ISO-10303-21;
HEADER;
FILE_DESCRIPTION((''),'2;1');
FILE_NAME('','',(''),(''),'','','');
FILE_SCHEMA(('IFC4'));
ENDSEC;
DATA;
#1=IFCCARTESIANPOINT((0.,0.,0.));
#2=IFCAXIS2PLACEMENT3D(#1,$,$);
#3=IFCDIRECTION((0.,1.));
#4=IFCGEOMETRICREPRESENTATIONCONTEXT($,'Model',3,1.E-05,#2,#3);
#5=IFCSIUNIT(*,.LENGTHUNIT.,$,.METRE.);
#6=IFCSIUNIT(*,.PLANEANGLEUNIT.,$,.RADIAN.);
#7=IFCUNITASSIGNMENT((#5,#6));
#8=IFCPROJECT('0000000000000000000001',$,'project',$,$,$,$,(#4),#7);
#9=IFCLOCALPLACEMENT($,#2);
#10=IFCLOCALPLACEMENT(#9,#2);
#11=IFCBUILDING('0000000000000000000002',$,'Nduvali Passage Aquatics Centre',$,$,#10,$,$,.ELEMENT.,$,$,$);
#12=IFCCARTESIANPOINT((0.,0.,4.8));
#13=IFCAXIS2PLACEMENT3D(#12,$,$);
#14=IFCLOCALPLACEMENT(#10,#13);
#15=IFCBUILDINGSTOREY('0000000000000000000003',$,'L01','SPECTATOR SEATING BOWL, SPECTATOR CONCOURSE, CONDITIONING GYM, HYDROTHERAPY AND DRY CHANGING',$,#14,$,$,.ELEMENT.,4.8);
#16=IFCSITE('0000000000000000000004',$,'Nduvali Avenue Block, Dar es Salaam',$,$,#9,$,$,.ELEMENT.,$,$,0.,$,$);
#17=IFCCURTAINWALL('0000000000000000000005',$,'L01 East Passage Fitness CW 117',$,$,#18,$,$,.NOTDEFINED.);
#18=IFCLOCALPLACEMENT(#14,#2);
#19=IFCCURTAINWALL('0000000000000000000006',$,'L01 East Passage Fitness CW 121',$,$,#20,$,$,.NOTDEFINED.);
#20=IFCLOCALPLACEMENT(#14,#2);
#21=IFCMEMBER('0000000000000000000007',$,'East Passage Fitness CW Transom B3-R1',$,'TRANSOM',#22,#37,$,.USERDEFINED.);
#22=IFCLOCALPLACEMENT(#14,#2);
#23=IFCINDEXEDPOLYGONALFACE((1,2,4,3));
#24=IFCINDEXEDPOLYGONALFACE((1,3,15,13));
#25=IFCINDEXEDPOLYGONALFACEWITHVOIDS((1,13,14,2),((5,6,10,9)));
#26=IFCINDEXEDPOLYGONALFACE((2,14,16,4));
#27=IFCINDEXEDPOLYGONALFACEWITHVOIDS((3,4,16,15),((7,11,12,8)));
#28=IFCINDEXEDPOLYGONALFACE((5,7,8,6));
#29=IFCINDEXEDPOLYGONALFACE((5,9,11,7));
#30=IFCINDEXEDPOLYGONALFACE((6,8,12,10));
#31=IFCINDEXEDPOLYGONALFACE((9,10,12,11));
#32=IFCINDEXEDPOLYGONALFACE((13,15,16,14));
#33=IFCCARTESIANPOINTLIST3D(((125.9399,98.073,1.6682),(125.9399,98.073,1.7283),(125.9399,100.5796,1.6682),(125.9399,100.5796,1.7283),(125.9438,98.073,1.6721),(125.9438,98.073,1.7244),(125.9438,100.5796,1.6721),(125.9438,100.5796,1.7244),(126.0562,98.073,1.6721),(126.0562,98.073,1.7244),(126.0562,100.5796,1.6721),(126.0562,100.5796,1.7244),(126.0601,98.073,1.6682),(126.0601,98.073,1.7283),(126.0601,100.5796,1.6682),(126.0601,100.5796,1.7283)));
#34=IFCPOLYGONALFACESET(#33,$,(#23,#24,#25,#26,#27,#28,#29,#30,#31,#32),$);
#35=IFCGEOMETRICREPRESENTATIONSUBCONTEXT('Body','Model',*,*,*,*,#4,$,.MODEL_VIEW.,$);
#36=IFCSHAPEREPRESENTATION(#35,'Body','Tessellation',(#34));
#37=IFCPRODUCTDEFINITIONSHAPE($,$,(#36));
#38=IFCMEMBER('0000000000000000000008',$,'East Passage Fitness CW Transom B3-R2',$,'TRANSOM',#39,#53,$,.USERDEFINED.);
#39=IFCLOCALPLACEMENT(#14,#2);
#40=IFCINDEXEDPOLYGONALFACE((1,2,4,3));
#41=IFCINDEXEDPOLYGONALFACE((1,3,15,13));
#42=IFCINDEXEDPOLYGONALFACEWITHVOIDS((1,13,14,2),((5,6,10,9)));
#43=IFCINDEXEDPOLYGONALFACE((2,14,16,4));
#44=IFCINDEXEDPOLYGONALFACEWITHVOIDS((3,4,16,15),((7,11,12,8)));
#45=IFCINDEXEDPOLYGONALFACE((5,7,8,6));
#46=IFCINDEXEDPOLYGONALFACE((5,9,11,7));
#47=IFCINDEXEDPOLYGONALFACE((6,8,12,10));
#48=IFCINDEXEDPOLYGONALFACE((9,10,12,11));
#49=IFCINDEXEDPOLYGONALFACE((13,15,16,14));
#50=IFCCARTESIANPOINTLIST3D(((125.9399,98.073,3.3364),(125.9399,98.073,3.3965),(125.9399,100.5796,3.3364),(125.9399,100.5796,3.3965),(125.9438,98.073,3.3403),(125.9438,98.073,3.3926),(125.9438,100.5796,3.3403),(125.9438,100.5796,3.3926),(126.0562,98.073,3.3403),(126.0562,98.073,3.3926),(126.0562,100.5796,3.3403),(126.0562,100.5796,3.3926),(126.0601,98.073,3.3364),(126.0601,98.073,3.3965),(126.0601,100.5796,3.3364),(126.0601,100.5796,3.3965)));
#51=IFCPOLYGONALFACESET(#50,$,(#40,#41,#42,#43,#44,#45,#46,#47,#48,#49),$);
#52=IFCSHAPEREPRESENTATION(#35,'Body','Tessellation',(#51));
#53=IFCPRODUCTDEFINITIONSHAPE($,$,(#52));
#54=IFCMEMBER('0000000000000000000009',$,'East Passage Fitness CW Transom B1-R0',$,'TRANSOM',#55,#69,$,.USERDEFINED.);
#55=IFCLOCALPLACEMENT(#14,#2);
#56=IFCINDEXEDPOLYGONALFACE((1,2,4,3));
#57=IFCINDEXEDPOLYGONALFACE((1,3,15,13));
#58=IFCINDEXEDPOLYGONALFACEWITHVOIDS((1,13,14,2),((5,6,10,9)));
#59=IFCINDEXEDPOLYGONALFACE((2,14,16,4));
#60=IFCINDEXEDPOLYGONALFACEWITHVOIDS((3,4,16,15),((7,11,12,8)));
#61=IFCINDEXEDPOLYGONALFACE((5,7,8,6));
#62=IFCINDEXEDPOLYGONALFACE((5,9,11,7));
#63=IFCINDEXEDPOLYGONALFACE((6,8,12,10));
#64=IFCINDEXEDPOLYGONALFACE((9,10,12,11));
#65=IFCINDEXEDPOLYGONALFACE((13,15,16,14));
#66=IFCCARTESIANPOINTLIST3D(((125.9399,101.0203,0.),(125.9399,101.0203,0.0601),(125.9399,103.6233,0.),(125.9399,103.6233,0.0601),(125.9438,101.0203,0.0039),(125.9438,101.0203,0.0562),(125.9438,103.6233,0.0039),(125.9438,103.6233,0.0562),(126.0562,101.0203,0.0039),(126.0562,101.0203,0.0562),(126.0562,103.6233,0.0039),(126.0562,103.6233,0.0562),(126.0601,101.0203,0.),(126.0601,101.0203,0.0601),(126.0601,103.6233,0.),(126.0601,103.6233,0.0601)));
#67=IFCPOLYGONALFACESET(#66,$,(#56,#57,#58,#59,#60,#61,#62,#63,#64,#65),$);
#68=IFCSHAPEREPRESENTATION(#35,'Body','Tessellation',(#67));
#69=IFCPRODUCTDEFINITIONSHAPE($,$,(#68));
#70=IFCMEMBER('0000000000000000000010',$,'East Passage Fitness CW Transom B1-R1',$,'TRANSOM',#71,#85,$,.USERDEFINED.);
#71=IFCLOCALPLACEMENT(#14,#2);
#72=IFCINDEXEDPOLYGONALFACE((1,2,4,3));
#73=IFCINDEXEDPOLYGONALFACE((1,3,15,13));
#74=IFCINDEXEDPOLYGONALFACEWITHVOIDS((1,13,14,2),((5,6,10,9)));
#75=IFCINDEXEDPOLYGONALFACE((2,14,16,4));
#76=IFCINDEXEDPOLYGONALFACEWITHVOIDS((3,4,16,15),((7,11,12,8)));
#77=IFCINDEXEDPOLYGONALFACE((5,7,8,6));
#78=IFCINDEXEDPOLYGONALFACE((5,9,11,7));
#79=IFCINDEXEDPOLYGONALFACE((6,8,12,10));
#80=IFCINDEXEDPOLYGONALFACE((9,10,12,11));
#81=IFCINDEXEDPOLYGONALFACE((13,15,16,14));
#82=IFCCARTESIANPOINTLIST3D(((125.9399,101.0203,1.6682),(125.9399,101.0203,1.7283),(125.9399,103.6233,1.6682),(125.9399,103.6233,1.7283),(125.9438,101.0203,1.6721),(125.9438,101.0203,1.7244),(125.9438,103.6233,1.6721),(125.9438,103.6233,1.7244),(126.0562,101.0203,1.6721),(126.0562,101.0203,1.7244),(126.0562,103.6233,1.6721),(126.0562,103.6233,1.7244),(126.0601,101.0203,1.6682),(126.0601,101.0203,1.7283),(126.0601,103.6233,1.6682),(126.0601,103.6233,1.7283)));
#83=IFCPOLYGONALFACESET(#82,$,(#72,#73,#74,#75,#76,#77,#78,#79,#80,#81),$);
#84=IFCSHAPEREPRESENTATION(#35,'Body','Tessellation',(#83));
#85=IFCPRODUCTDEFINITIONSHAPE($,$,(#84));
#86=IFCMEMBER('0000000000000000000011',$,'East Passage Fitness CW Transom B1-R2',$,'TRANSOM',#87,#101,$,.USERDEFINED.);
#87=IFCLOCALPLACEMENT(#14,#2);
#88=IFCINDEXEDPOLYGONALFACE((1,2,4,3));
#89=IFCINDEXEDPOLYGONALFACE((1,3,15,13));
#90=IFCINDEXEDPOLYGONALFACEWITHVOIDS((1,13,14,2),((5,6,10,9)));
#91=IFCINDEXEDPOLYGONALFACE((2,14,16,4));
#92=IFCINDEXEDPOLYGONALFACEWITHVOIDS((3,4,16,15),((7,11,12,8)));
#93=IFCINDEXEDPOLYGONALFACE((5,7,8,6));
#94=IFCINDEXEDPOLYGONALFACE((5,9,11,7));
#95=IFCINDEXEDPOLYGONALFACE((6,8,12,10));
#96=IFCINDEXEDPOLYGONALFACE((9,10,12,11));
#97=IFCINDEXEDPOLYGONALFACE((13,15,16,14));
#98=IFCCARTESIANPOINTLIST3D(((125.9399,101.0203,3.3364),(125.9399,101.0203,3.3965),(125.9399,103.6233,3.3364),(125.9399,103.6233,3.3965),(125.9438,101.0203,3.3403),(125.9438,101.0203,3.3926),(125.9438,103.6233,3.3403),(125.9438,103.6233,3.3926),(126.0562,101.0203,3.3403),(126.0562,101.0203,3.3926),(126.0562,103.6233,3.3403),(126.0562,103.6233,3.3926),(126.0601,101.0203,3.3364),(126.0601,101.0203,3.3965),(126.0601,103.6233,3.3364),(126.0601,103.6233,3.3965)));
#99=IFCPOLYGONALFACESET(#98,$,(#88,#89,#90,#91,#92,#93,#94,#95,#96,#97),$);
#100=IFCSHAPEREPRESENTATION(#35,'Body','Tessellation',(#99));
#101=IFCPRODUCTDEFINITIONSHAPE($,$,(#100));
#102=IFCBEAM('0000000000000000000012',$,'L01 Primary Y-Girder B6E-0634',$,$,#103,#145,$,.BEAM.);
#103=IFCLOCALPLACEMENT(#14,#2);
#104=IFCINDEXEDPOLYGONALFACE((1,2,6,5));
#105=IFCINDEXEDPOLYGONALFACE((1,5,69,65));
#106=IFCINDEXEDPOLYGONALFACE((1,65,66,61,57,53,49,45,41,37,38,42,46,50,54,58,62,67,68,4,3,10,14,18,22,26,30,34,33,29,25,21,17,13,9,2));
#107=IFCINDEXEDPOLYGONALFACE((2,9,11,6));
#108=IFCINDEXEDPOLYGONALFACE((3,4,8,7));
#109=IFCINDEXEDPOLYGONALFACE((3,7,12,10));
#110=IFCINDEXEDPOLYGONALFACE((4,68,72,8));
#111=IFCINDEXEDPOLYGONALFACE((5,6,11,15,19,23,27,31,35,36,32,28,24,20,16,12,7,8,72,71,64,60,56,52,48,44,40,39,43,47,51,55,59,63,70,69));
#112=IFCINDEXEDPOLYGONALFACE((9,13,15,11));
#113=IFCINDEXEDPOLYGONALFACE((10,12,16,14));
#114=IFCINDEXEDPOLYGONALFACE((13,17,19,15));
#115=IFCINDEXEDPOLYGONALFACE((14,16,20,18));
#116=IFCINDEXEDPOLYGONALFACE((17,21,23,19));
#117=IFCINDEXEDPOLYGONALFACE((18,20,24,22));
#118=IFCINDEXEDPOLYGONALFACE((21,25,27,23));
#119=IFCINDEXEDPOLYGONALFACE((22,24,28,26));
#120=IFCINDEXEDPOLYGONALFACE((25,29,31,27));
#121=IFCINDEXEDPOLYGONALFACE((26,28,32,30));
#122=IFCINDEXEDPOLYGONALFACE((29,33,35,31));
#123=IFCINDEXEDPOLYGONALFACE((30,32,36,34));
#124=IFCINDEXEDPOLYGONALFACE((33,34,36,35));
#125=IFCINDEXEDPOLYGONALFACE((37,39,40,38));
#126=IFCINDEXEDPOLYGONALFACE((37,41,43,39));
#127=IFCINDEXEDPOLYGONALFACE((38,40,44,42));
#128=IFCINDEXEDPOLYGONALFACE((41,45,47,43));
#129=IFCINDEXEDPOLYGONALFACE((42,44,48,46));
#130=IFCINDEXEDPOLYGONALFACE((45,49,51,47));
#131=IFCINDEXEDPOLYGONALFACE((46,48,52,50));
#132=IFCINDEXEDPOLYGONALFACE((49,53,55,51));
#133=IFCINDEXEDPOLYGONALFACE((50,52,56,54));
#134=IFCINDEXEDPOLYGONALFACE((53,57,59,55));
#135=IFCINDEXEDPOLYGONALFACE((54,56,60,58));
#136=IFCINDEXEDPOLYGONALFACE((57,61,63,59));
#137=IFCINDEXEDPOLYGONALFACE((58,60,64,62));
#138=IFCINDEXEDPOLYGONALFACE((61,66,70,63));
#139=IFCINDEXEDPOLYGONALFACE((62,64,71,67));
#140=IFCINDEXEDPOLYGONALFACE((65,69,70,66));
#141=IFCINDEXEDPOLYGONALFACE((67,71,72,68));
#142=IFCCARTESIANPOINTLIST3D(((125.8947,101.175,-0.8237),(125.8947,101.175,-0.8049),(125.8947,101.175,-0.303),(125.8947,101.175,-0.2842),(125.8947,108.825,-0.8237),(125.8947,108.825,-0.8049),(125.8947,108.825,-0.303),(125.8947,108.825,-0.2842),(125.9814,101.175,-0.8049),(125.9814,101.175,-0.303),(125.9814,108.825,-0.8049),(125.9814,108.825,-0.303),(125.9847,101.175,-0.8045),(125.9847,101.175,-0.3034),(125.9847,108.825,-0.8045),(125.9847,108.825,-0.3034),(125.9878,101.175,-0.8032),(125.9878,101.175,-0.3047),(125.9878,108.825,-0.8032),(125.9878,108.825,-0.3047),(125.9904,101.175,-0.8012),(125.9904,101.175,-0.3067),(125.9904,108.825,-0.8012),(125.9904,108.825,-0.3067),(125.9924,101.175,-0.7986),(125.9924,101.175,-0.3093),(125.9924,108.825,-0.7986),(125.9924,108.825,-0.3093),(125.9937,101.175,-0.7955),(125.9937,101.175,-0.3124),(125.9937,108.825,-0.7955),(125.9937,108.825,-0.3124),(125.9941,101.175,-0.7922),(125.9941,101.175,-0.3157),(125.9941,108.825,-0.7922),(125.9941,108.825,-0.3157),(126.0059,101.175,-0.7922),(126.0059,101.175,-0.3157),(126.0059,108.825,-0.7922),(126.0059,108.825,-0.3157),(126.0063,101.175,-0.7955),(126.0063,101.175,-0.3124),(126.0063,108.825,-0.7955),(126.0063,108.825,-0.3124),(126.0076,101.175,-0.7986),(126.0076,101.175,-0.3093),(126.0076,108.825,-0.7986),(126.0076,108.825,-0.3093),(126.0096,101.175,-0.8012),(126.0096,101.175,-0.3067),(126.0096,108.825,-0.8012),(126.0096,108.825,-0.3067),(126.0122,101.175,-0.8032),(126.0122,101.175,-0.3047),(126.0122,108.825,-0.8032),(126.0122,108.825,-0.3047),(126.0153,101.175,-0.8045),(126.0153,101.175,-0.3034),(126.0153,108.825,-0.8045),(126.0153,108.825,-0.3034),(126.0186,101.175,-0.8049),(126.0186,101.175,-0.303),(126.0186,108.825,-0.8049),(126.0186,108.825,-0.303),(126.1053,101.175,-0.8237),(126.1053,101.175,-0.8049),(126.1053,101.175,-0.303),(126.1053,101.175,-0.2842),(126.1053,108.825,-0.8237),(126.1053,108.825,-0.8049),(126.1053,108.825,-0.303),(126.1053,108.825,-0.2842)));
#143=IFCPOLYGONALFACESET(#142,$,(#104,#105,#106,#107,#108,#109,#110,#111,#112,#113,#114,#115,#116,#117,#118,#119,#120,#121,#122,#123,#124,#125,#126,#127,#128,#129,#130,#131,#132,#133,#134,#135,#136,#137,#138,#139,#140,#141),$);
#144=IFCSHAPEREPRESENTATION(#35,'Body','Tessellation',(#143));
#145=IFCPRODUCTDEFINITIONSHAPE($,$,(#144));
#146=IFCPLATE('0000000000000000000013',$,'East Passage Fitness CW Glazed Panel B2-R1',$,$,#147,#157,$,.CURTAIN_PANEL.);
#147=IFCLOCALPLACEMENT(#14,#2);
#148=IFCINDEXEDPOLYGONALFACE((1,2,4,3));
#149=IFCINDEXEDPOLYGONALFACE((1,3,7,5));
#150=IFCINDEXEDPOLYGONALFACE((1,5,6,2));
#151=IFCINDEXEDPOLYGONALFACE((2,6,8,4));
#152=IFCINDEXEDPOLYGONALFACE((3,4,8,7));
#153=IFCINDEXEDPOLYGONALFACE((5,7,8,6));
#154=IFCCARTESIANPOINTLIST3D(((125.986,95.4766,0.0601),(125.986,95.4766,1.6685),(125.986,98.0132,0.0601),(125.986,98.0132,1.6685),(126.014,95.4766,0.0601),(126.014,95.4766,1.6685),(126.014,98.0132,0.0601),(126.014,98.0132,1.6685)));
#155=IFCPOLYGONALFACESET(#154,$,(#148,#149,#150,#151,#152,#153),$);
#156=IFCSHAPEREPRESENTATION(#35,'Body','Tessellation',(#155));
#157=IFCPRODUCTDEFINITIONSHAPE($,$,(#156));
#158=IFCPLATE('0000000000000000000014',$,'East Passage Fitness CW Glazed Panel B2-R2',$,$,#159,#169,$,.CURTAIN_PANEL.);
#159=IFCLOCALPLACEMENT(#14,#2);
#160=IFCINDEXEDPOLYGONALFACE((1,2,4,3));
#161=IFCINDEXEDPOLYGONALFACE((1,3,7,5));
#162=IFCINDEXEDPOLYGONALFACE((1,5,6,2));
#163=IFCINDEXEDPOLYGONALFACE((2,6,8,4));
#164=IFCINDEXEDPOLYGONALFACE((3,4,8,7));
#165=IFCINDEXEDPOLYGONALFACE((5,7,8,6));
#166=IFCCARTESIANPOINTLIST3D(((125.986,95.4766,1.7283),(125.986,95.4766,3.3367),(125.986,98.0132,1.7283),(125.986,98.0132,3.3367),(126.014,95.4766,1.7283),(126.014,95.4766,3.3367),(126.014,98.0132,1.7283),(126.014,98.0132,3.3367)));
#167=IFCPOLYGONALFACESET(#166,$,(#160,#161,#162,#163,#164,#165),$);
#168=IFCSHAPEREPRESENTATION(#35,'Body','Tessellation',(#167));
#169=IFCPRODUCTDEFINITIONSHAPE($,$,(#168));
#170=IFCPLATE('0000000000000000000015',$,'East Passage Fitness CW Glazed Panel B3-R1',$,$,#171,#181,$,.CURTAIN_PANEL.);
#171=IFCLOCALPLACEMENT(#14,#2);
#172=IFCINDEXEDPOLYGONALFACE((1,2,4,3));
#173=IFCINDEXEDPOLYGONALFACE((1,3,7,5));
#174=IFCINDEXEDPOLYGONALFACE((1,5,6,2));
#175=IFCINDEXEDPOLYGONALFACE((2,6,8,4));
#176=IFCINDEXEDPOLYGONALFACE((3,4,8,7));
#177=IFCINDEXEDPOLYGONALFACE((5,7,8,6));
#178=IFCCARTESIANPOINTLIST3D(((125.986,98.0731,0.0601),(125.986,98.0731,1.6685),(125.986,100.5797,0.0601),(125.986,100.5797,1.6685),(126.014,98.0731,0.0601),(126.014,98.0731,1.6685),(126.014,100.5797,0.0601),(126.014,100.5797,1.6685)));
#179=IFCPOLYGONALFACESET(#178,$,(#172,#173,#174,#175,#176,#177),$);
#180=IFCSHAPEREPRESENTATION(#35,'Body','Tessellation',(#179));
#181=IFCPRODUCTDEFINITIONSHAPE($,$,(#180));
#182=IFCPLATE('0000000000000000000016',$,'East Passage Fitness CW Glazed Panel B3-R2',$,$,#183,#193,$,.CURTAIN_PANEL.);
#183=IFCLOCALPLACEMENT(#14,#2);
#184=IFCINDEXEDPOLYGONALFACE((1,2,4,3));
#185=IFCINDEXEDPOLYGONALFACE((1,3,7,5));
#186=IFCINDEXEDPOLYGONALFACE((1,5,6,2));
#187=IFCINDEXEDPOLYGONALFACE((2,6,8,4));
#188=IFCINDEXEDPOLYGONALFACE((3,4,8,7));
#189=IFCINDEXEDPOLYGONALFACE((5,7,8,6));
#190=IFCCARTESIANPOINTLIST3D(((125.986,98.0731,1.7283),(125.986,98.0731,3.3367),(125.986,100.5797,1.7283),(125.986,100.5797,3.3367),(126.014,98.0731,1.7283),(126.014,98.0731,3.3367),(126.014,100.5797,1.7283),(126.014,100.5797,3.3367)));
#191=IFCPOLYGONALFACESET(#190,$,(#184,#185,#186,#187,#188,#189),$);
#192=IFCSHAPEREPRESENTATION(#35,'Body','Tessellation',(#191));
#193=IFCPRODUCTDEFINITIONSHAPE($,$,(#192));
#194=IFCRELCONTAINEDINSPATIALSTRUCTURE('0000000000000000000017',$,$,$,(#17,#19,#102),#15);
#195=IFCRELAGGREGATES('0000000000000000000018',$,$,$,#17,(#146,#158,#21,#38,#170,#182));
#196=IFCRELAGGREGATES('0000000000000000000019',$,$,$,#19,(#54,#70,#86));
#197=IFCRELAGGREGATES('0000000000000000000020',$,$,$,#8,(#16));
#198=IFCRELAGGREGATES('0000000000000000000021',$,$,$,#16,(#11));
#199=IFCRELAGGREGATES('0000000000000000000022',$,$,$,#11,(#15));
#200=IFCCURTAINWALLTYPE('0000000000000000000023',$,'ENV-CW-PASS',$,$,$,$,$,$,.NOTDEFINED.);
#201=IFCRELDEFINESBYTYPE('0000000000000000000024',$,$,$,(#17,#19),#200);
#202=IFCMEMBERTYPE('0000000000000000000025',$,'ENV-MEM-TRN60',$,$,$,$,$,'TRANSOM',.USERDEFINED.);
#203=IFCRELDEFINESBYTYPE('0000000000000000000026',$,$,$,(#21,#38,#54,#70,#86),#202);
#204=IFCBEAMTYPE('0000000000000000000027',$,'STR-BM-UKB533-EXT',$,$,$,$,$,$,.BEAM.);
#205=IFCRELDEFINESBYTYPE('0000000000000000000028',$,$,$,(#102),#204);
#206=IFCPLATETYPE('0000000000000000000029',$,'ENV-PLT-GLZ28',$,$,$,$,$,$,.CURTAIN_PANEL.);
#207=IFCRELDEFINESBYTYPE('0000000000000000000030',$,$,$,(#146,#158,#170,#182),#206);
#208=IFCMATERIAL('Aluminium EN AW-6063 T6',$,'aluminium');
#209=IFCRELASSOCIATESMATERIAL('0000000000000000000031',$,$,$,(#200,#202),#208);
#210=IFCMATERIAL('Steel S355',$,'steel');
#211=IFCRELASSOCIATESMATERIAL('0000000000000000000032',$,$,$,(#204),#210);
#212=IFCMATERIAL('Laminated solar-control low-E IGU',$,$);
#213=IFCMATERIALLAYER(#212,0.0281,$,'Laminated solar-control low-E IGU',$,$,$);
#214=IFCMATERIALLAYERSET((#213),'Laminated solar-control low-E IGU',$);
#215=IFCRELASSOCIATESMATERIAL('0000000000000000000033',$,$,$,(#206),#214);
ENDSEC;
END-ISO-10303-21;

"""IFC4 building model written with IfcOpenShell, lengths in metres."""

from ifc_helpers import new_model, si_unit, direction, frame, origin, origin_2d, place, context, subcontext, project, spatial, rectangle, hollow_rectangle, i_section, extrude, material, layer, layer_set, material_profile, profile_set, type_object, element, aggregate, save


model = new_model("IFC4")

# Units and contexts
model_context = context("Model", 3, precision=1e-05, world=origin(), true_north=direction((0.0, 1.0)))
body_context = subcontext(model_context, "Body", "Model", "MODEL_VIEW")
ifc_project = project(units=[si_unit("LENGTHUNIT", "METRE"), si_unit("PLANEANGLEUNIT", "RADIAN")], contexts=[model_context])

# Site, building, storey
site_placement = place(None, origin())
site = spatial("IfcSite", under=ifc_project, at=site_placement, Name="Nduvali Avenue Block, Dar es Salaam", CompositionType="ELEMENT", RefElevation=0.0)
building_placement = place(site_placement, origin())
building = spatial("IfcBuilding", under=site, at=building_placement, Name="Nduvali Passage Aquatics Centre", CompositionType="ELEMENT")
storey_placement = place(building_placement, frame((0.0, 0.0, 4.8)))
storey = spatial("IfcBuildingStorey", under=building, at=storey_placement, Name="L01", Description="SPECTATOR SEATING BOWL, SPECTATOR CONCOURSE, CONDITIONING GYM, HYDROTHERAPY AND DRY CHANGING", CompositionType="ELEMENT", Elevation=4.8)

# Shared definitions
ifc_material_1 = material(Name="Steel S355", Category="steel")

# Curtain wall
ifc_material_2 = material(Name="Aluminium EN AW-6063 T6", Category="aluminium")
curtain_wall_type = type_object("IfcCurtainWallType", Name="ENV-CW-PASS", PredefinedType="NOTDEFINED", material=ifc_material_2)
curtain_wall_1_placement = place(storey_placement, origin())
curtain_wall_1 = element("IfcCurtainWall", 1, at=curtain_wall_1_placement, inside=storey, type_object=curtain_wall_type, Name="L01 East Passage Fitness CW 117", PredefinedType="NOTDEFINED")

# Curtain wall
curtain_wall_2_placement = place(storey_placement, origin())
curtain_wall_2 = element("IfcCurtainWall", 2, at=curtain_wall_2_placement, inside=storey, type_object=curtain_wall_type, Name="L01 East Passage Fitness CW 121", PredefinedType="NOTDEFINED")

# Members
ifc_material_profile_1 = material_profile(ifc_material_2, hollow_rectangle(XDim=0.1201, YDim=0.0601, WallThickness=0.0039, at=origin_2d()), Name="ALU TRANSOM 120x60x4")
ifc_profile_set_1 = profile_set([ifc_material_profile_1], Name="Aluminium EN AW-6063 T6")
member_type_1 = type_object("IfcMemberType", Name="ENV-MEM-TRN60", ElementType="TRANSOM", PredefinedType="USERDEFINED", material=ifc_profile_set_1)
member_1_placement = place(storey_placement, frame((126.0, 98.073, 1.6982), z_axis=(0.0, 1.0, 0.0), x_axis=(-1.0, 0.0, 0.0)))
member_1 = element("IfcMember", 3, at=member_1_placement, type_object=member_type_1, Name="East Passage Fitness CW Transom B3-R1", ObjectType="TRANSOM", PredefinedType="USERDEFINED", context=body_context, shape_type="SweptSolid", body=[
    extrude(hollow_rectangle(XDim=0.1201, YDim=0.0601, WallThickness=0.0039, at=origin_2d()), origin(), (0.0, 0.0, 1.0), 2.5066),
])
member_2_placement = place(storey_placement, frame((126.0, 98.073, 3.3665), z_axis=(0.0, 1.0, 0.0), x_axis=(-1.0, 0.0, 0.0)))
member_2 = element("IfcMember", 4, at=member_2_placement, type_object=member_type_1, Name="East Passage Fitness CW Transom B3-R2", ObjectType="TRANSOM", PredefinedType="USERDEFINED", context=body_context, shape_type="SweptSolid", body=[
    extrude(hollow_rectangle(XDim=0.1201, YDim=0.0601, WallThickness=0.0039, at=origin_2d()), origin(), (0.0, 0.0, 1.0), 2.5066),
])
member_3_placement = place(storey_placement, frame((126.0, 101.0203, 0.03), z_axis=(0.0, 1.0, 0.0), x_axis=(-1.0, 0.0, 0.0)))
member_3 = element("IfcMember", 5, at=member_3_placement, type_object=member_type_1, Name="East Passage Fitness CW Transom B1-R0", ObjectType="TRANSOM", PredefinedType="USERDEFINED", context=body_context, shape_type="SweptSolid", body=[
    extrude(hollow_rectangle(XDim=0.1201, YDim=0.0601, WallThickness=0.0039, at=origin_2d()), origin(), (0.0, 0.0, 1.0), 2.603),
])
member_4_placement = place(storey_placement, frame((126.0, 101.0203, 1.6982), z_axis=(0.0, 1.0, 0.0), x_axis=(-1.0, 0.0, 0.0)))
member_4 = element("IfcMember", 6, at=member_4_placement, type_object=member_type_1, Name="East Passage Fitness CW Transom B1-R1", ObjectType="TRANSOM", PredefinedType="USERDEFINED", context=body_context, shape_type="SweptSolid", body=[
    extrude(hollow_rectangle(XDim=0.1201, YDim=0.0601, WallThickness=0.0039, at=origin_2d()), origin(), (0.0, 0.0, 1.0), 2.603),
])
member_5_placement = place(storey_placement, frame((126.0, 101.0203, 3.3665), z_axis=(0.0, 1.0, 0.0), x_axis=(-1.0, 0.0, 0.0)))
member_5 = element("IfcMember", 7, at=member_5_placement, type_object=member_type_1, Name="East Passage Fitness CW Transom B1-R2", ObjectType="TRANSOM", PredefinedType="USERDEFINED", context=body_context, shape_type="SweptSolid", body=[
    extrude(hollow_rectangle(XDim=0.1201, YDim=0.0601, WallThickness=0.0039, at=origin_2d()), origin(), (0.0, 0.0, 1.0), 2.603),
])

# Beam
ifc_material_profile_2 = material_profile(ifc_material_1, i_section(OverallWidth=0.2107, OverallDepth=0.5396, WebThickness=0.0117, FlangeThickness=0.0188, FilletRadius=0.0127, at=origin_2d()), Name="UKB 533x210x109")
ifc_profile_set_2 = profile_set([ifc_material_profile_2], Name="Steel S355")
beam_type = type_object("IfcBeamType", Name="STR-BM-UKB533-EXT", PredefinedType="BEAM", material=ifc_profile_set_2)
beam_placement = place(storey_placement, frame((126.0, 101.175, -0.554), z_axis=(0.0, 1.0, 0.0), x_axis=(-1.0, 0.0, 0.0)))
element("IfcBeam", 8, at=beam_placement, inside=storey, type_object=beam_type, Name="L01 Primary Y-Girder B6E-0634", PredefinedType="BEAM", context=body_context, shape_type="SweptSolid", body=[
    extrude(i_section(OverallWidth=0.2107, OverallDepth=0.5396, WebThickness=0.0117, FlangeThickness=0.0188, FilletRadius=0.0127, at=origin_2d()), origin(), (0.0, 0.0, 1.0), 7.6499),
])

# Plates
ifc_material_3 = material(Name="Laminated solar-control low-E IGU")
ifc_layer = layer(ifc_material_3, 0.0281, Name="Laminated solar-control low-E IGU")
ifc_layer_set = layer_set([ifc_layer], Name="Laminated solar-control low-E IGU")
plate_type = type_object("IfcPlateType", Name="ENV-PLT-GLZ28", PredefinedType="CURTAIN_PANEL", material=ifc_layer_set)
plate_1_placement = place(storey_placement, frame((126.0, 96.7449, 0.0601), z_axis=(0.0, 0.0, 1.0), x_axis=(0.0, 1.0, 0.0)))
plate_1 = element("IfcPlate", 9, at=plate_1_placement, type_object=plate_type, Name="East Passage Fitness CW Glazed Panel B2-R1", PredefinedType="CURTAIN_PANEL", context=body_context, shape_type="SweptSolid", body=[
    extrude(rectangle(XDim=2.5366, YDim=0.0281, at=origin_2d()), origin(), (0.0, 0.0, 1.0), 1.6084),
])
plate_2_placement = place(storey_placement, frame((126.0, 96.7449, 1.7283), z_axis=(0.0, 0.0, 1.0), x_axis=(0.0, 1.0, 0.0)))
plate_2 = element("IfcPlate", 10, at=plate_2_placement, type_object=plate_type, Name="East Passage Fitness CW Glazed Panel B2-R2", PredefinedType="CURTAIN_PANEL", context=body_context, shape_type="SweptSolid", body=[
    extrude(rectangle(XDim=2.5366, YDim=0.0281, at=origin_2d()), origin(), (0.0, 0.0, 1.0), 1.6084),
])
plate_3_placement = place(storey_placement, frame((126.0, 99.3264, 0.0601), z_axis=(0.0, 0.0, 1.0), x_axis=(0.0, 1.0, 0.0)))
plate_3 = element("IfcPlate", 11, at=plate_3_placement, type_object=plate_type, Name="East Passage Fitness CW Glazed Panel B3-R1", PredefinedType="CURTAIN_PANEL", context=body_context, shape_type="SweptSolid", body=[
    extrude(rectangle(XDim=2.5066, YDim=0.0281, at=origin_2d()), origin(), (0.0, 0.0, 1.0), 1.6084),
])
plate_4_placement = place(storey_placement, frame((126.0, 99.3264, 1.7283), z_axis=(0.0, 0.0, 1.0), x_axis=(0.0, 1.0, 0.0)))
plate_4 = element("IfcPlate", 12, at=plate_4_placement, type_object=plate_type, Name="East Passage Fitness CW Glazed Panel B3-R2", PredefinedType="CURTAIN_PANEL", context=body_context, shape_type="SweptSolid", body=[
    extrude(rectangle(XDim=2.5066, YDim=0.0281, at=origin_2d()), origin(), (0.0, 0.0, 1.0), 1.6084),
])
aggregate(curtain_wall_1, [plate_1, plate_2, member_1, member_2, plate_3, plate_4])
aggregate(curtain_wall_2, [member_3, member_4, member_5])

save(model, "model.ifc")
